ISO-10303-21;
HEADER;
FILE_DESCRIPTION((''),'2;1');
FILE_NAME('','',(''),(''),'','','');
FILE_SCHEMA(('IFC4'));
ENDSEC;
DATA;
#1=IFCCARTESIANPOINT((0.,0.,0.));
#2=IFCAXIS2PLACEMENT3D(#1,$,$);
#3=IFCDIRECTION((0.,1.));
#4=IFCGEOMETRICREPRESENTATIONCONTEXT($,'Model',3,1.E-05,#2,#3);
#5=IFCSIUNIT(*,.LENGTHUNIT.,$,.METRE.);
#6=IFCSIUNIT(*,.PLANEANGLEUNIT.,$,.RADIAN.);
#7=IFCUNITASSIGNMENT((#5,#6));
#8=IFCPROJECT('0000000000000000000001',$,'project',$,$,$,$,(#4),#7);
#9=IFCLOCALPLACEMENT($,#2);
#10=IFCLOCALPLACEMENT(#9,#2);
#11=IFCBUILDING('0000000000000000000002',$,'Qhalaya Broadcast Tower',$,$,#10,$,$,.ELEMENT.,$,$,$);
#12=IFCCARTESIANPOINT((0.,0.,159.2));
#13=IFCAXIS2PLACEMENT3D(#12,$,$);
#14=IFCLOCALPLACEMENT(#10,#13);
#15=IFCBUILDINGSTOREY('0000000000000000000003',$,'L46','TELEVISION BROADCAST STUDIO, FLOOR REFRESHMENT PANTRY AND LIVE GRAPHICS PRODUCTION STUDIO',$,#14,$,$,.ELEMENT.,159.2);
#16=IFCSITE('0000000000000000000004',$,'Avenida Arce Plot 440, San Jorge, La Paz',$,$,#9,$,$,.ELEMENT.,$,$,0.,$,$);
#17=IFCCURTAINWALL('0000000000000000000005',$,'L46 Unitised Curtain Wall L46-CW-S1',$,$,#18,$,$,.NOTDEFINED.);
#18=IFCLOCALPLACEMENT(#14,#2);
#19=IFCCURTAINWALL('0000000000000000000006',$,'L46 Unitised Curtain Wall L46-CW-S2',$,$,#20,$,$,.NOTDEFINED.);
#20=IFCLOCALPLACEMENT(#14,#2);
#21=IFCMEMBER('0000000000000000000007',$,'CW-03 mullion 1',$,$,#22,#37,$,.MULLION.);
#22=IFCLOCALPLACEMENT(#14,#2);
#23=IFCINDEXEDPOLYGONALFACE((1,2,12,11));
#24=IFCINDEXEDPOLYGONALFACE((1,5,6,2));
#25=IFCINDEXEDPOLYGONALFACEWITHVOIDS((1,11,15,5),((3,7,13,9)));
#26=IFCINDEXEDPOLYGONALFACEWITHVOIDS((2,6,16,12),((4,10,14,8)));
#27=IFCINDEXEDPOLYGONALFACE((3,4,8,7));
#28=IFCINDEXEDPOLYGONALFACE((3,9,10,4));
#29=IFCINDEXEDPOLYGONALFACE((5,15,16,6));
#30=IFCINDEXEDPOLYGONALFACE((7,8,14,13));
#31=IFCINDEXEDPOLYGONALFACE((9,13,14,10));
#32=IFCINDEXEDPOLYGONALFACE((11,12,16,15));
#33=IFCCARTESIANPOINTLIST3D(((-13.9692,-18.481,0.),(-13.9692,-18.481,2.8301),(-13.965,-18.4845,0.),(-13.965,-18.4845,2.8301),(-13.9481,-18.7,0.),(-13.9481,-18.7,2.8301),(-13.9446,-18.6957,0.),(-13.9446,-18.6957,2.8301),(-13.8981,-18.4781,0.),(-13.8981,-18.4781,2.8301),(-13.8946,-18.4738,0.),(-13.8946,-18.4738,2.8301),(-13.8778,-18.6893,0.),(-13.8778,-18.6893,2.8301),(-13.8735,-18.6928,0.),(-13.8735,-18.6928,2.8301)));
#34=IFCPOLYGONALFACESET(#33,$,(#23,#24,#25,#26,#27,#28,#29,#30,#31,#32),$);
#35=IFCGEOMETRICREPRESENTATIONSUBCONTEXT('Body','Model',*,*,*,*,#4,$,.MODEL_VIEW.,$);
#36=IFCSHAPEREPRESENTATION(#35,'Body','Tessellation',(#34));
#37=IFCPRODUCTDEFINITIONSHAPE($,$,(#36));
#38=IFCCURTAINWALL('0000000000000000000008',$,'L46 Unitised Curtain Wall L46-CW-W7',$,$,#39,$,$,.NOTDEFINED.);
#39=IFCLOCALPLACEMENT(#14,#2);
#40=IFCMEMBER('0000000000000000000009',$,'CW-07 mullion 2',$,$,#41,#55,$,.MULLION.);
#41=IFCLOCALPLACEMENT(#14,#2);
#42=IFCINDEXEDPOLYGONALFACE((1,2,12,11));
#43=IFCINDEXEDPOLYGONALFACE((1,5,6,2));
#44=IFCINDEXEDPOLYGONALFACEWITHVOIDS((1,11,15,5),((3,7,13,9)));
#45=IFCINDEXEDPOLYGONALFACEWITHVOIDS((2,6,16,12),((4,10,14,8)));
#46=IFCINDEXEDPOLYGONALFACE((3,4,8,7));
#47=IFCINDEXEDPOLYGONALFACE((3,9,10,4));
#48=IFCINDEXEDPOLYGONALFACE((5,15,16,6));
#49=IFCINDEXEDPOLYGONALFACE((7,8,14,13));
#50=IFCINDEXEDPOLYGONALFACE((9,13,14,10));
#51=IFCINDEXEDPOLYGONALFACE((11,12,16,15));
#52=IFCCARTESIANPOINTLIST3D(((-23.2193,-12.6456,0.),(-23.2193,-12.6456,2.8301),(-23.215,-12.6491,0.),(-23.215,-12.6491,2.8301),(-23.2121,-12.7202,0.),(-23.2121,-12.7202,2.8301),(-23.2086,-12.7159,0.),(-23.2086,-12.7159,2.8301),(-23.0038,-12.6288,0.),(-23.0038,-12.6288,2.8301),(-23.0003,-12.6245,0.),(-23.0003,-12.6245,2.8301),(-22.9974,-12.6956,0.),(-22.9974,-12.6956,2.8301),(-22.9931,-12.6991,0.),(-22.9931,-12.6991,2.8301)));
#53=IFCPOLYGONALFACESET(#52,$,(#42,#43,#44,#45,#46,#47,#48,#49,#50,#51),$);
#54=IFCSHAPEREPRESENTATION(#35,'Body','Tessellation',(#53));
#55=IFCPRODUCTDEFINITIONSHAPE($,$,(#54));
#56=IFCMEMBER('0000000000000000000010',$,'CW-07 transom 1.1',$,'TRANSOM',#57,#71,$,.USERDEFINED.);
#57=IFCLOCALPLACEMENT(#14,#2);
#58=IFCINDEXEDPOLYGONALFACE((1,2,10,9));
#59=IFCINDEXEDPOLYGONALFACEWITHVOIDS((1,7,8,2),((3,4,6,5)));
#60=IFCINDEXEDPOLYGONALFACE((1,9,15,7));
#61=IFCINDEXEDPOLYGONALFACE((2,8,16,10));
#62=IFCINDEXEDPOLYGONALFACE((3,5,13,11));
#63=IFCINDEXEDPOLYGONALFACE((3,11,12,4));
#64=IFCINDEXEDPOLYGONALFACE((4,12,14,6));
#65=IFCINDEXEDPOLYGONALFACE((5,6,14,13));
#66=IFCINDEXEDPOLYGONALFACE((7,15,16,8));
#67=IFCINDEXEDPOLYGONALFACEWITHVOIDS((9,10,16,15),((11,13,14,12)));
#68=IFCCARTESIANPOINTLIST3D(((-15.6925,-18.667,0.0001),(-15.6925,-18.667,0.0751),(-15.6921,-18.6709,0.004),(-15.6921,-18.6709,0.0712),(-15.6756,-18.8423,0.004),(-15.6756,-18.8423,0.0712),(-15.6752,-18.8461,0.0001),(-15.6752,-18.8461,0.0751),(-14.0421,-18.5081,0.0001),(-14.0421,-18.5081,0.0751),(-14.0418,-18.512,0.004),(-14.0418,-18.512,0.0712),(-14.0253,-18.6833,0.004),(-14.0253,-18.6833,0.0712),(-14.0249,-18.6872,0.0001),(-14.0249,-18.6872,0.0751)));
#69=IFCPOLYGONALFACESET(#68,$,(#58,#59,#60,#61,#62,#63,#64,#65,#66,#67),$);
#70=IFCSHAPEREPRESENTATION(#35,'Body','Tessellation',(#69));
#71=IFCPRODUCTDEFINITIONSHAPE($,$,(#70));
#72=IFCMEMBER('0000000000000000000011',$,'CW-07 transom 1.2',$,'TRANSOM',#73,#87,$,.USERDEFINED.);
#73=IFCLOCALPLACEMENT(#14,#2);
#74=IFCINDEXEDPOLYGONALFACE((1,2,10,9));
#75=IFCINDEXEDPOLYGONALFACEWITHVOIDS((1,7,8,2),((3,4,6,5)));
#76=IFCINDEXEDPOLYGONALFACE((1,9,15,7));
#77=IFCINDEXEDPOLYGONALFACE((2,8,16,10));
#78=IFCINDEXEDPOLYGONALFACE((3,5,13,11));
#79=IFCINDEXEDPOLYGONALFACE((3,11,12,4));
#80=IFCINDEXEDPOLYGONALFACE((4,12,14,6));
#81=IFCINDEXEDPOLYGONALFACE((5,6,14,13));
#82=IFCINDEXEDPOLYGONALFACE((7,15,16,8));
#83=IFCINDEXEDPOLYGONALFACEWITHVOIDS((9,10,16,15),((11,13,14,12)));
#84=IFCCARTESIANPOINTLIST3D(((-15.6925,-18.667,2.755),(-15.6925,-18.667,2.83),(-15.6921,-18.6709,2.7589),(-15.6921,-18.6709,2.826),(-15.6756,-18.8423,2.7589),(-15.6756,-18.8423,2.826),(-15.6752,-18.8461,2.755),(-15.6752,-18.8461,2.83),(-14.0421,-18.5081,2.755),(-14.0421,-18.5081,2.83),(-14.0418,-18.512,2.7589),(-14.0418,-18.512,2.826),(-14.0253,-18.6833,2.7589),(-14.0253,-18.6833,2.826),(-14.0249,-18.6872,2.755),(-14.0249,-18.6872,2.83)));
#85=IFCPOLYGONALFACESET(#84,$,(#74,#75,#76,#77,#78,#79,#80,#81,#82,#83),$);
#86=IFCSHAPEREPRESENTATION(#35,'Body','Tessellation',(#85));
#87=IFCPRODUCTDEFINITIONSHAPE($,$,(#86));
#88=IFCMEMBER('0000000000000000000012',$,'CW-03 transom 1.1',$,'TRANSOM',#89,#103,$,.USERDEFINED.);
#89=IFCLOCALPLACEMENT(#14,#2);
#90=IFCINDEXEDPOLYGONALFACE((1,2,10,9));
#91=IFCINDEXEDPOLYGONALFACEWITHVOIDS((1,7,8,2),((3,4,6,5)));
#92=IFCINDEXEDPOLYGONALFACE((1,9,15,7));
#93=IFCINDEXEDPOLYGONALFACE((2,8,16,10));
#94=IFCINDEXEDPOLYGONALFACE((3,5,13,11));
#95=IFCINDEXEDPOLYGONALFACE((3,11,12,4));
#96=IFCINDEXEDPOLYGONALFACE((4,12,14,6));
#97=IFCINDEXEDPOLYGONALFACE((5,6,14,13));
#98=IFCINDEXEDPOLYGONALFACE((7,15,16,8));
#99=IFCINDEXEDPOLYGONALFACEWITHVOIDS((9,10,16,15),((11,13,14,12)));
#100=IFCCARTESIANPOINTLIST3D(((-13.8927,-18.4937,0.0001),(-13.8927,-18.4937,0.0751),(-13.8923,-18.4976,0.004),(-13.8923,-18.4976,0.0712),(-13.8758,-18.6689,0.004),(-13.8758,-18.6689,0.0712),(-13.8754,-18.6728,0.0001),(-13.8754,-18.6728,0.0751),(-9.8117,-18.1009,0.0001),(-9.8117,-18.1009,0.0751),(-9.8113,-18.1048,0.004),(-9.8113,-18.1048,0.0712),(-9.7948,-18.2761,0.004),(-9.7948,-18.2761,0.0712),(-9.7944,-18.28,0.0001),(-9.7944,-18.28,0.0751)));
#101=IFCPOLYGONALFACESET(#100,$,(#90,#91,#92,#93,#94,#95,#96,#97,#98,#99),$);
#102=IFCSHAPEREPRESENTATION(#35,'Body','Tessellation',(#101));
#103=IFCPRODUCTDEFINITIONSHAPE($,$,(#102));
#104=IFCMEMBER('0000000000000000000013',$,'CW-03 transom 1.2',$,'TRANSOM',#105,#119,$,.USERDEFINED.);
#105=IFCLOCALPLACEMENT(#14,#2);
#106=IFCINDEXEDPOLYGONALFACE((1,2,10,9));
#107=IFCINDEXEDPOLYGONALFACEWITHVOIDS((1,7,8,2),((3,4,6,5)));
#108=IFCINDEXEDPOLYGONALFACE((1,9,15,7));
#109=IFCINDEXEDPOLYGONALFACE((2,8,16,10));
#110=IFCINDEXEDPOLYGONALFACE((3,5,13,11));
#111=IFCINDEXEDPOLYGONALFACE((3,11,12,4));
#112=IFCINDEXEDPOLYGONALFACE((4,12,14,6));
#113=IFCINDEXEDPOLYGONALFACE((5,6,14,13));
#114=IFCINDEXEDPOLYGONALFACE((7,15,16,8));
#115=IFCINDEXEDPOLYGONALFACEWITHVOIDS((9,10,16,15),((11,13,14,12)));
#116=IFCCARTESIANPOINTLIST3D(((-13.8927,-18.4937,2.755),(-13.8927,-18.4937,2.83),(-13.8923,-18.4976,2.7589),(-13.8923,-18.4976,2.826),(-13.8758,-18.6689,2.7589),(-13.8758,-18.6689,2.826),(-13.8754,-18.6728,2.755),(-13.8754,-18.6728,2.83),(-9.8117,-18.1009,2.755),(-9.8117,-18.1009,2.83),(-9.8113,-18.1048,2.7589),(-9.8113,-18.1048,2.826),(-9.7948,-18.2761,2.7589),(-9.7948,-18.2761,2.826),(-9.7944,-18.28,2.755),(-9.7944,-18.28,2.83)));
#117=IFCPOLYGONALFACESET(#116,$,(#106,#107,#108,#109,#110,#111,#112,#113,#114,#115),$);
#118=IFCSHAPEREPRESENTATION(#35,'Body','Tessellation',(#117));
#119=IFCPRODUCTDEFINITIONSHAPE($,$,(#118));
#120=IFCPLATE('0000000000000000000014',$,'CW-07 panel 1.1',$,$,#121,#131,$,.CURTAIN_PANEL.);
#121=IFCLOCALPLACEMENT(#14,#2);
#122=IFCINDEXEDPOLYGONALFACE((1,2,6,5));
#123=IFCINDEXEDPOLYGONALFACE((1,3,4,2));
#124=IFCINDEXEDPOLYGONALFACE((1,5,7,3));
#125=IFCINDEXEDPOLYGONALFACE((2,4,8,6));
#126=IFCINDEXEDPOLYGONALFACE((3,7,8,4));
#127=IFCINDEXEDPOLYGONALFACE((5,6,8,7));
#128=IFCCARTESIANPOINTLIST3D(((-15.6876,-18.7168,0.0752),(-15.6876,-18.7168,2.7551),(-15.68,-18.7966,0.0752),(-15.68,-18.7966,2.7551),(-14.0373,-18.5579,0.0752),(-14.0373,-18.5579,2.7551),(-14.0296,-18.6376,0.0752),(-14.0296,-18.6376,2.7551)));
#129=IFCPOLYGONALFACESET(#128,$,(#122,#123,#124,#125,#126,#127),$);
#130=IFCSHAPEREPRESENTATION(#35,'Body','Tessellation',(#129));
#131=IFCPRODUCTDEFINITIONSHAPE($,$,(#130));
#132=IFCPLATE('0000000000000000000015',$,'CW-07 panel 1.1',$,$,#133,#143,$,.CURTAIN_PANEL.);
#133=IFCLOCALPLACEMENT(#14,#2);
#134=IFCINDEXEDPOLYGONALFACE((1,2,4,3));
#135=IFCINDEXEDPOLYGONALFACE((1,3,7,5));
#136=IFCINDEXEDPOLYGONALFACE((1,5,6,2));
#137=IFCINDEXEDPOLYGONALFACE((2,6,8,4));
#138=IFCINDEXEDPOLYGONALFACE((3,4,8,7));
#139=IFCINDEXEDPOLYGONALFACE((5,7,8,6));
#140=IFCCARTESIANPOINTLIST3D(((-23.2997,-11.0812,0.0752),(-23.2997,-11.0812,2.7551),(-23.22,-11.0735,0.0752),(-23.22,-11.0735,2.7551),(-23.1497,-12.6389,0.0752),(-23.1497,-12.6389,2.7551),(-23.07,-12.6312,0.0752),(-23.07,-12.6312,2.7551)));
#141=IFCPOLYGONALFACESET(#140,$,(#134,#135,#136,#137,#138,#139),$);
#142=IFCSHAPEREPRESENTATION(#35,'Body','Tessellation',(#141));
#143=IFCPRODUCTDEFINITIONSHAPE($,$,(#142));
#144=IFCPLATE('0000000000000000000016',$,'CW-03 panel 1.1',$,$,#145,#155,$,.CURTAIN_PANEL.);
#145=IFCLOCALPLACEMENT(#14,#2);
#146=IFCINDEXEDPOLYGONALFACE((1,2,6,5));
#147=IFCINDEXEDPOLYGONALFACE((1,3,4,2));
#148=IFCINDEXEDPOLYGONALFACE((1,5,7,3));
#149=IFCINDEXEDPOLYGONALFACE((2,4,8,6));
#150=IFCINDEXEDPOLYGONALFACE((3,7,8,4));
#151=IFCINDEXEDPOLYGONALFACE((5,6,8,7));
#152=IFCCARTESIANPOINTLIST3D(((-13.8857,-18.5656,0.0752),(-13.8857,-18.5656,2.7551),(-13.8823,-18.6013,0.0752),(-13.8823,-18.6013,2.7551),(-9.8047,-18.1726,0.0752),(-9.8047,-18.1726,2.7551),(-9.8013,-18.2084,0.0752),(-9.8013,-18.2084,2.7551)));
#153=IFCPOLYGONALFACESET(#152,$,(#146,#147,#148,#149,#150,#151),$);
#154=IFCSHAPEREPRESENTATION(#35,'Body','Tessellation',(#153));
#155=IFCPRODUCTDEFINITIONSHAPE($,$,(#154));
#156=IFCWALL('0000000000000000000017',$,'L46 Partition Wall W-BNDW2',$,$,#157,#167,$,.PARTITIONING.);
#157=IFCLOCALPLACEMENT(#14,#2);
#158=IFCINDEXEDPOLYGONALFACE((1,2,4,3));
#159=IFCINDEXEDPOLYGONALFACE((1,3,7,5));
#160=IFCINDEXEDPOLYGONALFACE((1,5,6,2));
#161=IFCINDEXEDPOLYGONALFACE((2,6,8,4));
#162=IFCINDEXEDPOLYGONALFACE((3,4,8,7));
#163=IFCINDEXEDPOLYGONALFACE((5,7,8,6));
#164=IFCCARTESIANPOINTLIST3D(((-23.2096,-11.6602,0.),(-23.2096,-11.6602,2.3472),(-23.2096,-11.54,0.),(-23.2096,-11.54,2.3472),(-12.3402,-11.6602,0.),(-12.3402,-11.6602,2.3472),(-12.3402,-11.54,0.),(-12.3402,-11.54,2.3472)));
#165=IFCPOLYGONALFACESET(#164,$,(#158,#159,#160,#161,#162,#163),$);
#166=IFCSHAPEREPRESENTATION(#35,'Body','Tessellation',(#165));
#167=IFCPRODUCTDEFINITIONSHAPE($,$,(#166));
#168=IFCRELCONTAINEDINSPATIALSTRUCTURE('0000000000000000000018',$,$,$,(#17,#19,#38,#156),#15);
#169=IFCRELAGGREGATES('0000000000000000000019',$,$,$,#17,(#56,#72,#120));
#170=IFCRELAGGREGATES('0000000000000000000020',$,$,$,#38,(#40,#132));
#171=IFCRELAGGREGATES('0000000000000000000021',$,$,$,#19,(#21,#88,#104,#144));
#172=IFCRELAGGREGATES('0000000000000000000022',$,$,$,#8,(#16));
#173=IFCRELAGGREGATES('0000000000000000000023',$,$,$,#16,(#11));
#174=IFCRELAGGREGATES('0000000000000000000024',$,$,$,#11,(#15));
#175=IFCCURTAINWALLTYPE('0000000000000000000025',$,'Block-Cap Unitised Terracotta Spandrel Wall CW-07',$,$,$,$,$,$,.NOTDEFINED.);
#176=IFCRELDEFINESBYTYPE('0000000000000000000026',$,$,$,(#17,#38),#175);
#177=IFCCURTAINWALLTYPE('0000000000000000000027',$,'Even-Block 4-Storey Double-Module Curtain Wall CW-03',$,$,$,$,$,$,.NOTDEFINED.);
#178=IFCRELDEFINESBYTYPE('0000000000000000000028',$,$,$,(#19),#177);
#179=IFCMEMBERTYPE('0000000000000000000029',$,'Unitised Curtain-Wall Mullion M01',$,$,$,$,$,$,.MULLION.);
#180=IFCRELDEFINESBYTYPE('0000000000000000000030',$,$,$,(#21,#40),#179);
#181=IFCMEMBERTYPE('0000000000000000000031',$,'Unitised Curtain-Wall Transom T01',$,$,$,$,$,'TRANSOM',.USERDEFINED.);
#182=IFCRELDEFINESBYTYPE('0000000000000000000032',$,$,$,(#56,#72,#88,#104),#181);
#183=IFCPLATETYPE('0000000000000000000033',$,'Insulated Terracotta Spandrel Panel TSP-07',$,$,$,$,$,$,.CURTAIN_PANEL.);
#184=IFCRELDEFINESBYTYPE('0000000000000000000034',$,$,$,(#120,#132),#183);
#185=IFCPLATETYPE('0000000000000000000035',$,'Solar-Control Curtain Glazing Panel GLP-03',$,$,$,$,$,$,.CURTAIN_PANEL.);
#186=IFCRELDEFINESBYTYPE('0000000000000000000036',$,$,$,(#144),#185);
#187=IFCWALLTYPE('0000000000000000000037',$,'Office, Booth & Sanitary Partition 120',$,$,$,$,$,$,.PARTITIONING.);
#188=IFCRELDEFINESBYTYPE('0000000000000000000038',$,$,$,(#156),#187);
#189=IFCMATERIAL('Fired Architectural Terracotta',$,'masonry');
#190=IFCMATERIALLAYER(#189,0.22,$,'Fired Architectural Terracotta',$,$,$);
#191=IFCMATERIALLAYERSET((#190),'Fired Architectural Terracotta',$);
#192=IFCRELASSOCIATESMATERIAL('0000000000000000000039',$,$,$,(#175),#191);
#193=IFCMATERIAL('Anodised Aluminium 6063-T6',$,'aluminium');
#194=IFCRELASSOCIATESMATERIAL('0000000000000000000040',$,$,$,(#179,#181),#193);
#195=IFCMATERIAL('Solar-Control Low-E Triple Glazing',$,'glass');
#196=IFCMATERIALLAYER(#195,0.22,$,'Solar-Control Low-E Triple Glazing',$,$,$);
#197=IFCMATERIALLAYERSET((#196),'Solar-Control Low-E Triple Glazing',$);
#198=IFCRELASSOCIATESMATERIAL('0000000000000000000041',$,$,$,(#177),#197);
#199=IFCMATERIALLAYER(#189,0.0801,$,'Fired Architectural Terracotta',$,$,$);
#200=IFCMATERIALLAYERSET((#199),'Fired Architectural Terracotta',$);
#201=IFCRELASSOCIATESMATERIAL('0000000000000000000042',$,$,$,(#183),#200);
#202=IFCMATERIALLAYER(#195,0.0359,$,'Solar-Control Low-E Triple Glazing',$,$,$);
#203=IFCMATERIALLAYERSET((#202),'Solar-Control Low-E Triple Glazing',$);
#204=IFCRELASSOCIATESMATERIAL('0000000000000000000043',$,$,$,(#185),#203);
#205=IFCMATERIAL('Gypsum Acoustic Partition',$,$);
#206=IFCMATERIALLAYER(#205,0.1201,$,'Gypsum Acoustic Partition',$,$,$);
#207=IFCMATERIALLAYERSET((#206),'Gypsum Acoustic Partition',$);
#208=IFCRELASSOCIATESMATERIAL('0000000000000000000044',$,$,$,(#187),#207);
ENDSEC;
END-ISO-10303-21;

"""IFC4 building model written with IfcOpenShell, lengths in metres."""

from ifc_helpers import new_model, si_unit, direction, frame, frame_2d, origin, origin_2d, place, context, subcontext, project, spatial, rectangle, hollow_rectangle, extrude, material, layer, layer_set, material_profile, profile_set, type_object, element, aggregate, save


model = new_model("IFC4")

# Units and contexts
model_context = context("Model", 3, precision=1e-05, world=origin(), true_north=direction((0.0, 1.0)))
body_context = subcontext(model_context, "Body", "Model", "MODEL_VIEW")
ifc_project = project(units=[si_unit("LENGTHUNIT", "METRE"), si_unit("PLANEANGLEUNIT", "RADIAN")], contexts=[model_context])

# Site, building, storey
site_placement = place(None, origin())
site = spatial("IfcSite", under=ifc_project, at=site_placement, Name="Avenida Arce Plot 440, San Jorge, La Paz", CompositionType="ELEMENT", RefElevation=0.0)
building_placement = place(site_placement, origin())
building = spatial("IfcBuilding", under=site, at=building_placement, Name="Qhalaya Broadcast Tower", CompositionType="ELEMENT")
storey_placement = place(building_placement, frame((0.0, 0.0, 159.2)))
storey = spatial("IfcBuildingStorey", under=building, at=storey_placement, Name="L46", Description="TELEVISION BROADCAST STUDIO, FLOOR REFRESHMENT PANTRY AND LIVE GRAPHICS PRODUCTION STUDIO", CompositionType="ELEMENT", Elevation=159.2)

# Shared definitions
ifc_material_1 = material(Name="Fired Architectural Terracotta", Category="masonry")

# Curtain wall
ifc_layer_1 = layer(ifc_material_1, 0.22, Name="Fired Architectural Terracotta")
ifc_layer_set_1 = layer_set([ifc_layer_1], Name="Fired Architectural Terracotta")
curtain_wall_type_1 = type_object("IfcCurtainWallType", Name="Block-Cap Unitised Terracotta Spandrel Wall CW-07", PredefinedType="NOTDEFINED", material=ifc_layer_set_1)
curtain_wall_1_placement = place(storey_placement, origin())
curtain_wall_1 = element("IfcCurtainWall", 1, at=curtain_wall_1_placement, inside=storey, type_object=curtain_wall_type_1, Name="L46 Unitised Curtain Wall L46-CW-S1", PredefinedType="NOTDEFINED")
ifc_material_2 = material(Name="Anodised Aluminium 6063-T6", Category="aluminium")
ifc_material_profile_1 = material_profile(ifc_material_2, hollow_rectangle(XDim=0.075, YDim=0.22, WallThickness=0.0039, at=origin_2d()), Name="ALU-MUL 75x220x4")
ifc_profile_set_1 = profile_set([ifc_material_profile_1], Name="Anodised Aluminium 6063-T6")
member_type_1 = type_object("IfcMemberType", Name="Unitised Curtain-Wall Mullion M01", PredefinedType="MULLION", material=ifc_profile_set_1)

# Curtain walls, members
ifc_material_3 = material(Name="Solar-Control Low-E Triple Glazing", Category="glass")
ifc_layer_2 = layer(ifc_material_3, 0.22, Name="Solar-Control Low-E Triple Glazing")
ifc_layer_set_2 = layer_set([ifc_layer_2], Name="Solar-Control Low-E Triple Glazing")
curtain_wall_type_2 = type_object("IfcCurtainWallType", Name="Even-Block 4-Storey Double-Module Curtain Wall CW-03", PredefinedType="NOTDEFINED", material=ifc_layer_set_2)
curtain_wall_2_placement = place(storey_placement, origin())
curtain_wall_2 = element("IfcCurtainWall", 2, at=curtain_wall_2_placement, inside=storey, type_object=curtain_wall_type_2, Name="L46 Unitised Curtain Wall L46-CW-S2", PredefinedType="NOTDEFINED")
member_1_placement = place(storey_placement, frame((-13.9214, -18.5869, 0.0), z_axis=(0.0, 0.0, 1.0), x_axis=(0.995397, 0.095836, 0.0)))
member_1 = element("IfcMember", 3, at=member_1_placement, type_object=member_type_1, Name="CW-03 mullion 1", PredefinedType="MULLION", context=body_context, shape_type="SweptSolid", body=[
    extrude(hollow_rectangle(XDim=0.075, YDim=0.22, WallThickness=0.0039, at=origin_2d()), origin(), (0.0, 0.0, 1.0), 2.8301),
])
curtain_wall_3_placement = place(storey_placement, origin())
curtain_wall_3 = element("IfcCurtainWall", 4, at=curtain_wall_3_placement, inside=storey, type_object=curtain_wall_type_1, Name="L46 Unitised Curtain Wall L46-CW-W7", PredefinedType="NOTDEFINED")
member_2_placement = place(storey_placement, frame((-23.1062, -12.6724, 0.0), z_axis=(0.0, 0.0, 1.0), x_axis=(0.09586, -0.995395, 0.0)))
member_2 = element("IfcMember", 5, at=member_2_placement, type_object=member_type_1, Name="CW-07 mullion 2", PredefinedType="MULLION", context=body_context, shape_type="SweptSolid", body=[
    extrude(hollow_rectangle(XDim=0.075, YDim=0.22, WallThickness=0.0039, at=origin_2d()), origin(), (0.0, 0.0, 1.0), 2.8301),
])

# Members
ifc_material_profile_2 = material_profile(ifc_material_2, hollow_rectangle(XDim=0.075, YDim=0.1799, WallThickness=0.0039, at=origin_2d()), Name="ALU-TRN 75x180x4")
ifc_profile_set_2 = profile_set([ifc_material_profile_2], Name="Anodised Aluminium 6063-T6")
member_type_2 = type_object("IfcMemberType", Name="Unitised Curtain-Wall Transom T01", ElementType="TRANSOM", PredefinedType="USERDEFINED", material=ifc_profile_set_2)
member_3_placement = place(storey_placement, frame((-15.6838, -18.7566, 0.0376), z_axis=(0.995395, 0.095858, 0.0), x_axis=(0.0, 0.0, 1.0)))
member_3 = element("IfcMember", 6, at=member_3_placement, type_object=member_type_2, Name="CW-07 transom 1.1", ObjectType="TRANSOM", PredefinedType="USERDEFINED", context=body_context, shape_type="SweptSolid", body=[
    extrude(hollow_rectangle(XDim=0.075, YDim=0.1799, WallThickness=0.0039, at=origin_2d()), origin(), (0.0, 0.0, 1.0), 1.658),
])
member_4_placement = place(storey_placement, frame((-15.6838, -18.7566, 2.7925), z_axis=(0.995395, 0.095858, 0.0), x_axis=(0.0, 0.0, 1.0)))
member_4 = element("IfcMember", 7, at=member_4_placement, type_object=member_type_2, Name="CW-07 transom 1.2", ObjectType="TRANSOM", PredefinedType="USERDEFINED", context=body_context, shape_type="SweptSolid", body=[
    extrude(hollow_rectangle(XDim=0.075, YDim=0.1799, WallThickness=0.0039, at=origin_2d()), origin(), (0.0, 0.0, 1.0), 1.658),
])
member_5_placement = place(storey_placement, frame((-13.884, -18.5833, 0.0376), z_axis=(0.995399, 0.095812, 0.0), x_axis=(0.0, 0.0, 1.0)))
member_5 = element("IfcMember", 8, at=member_5_placement, type_object=member_type_2, Name="CW-03 transom 1.1", ObjectType="TRANSOM", PredefinedType="USERDEFINED", context=body_context, shape_type="SweptSolid", body=[
    extrude(hollow_rectangle(XDim=0.075, YDim=0.1799, WallThickness=0.0039, at=origin_2d()), origin(), (0.0, 0.0, 1.0), 4.0999),
])
member_6_placement = place(storey_placement, frame((-13.884, -18.5833, 2.7925), z_axis=(0.995399, 0.095812, 0.0), x_axis=(0.0, 0.0, 1.0)))
member_6 = element("IfcMember", 9, at=member_6_placement, type_object=member_type_2, Name="CW-03 transom 1.2", ObjectType="TRANSOM", PredefinedType="USERDEFINED", context=body_context, shape_type="SweptSolid", body=[
    extrude(hollow_rectangle(XDim=0.075, YDim=0.1799, WallThickness=0.0039, at=origin_2d()), origin(), (0.0, 0.0, 1.0), 4.0999),
])

# Plates
ifc_layer_3 = layer(ifc_material_1, 0.0801, Name="Fired Architectural Terracotta")
ifc_layer_set_3 = layer_set([ifc_layer_3], Name="Fired Architectural Terracotta")
plate_type_1 = type_object("IfcPlateType", Name="Insulated Terracotta Spandrel Panel TSP-07", PredefinedType="CURTAIN_PANEL", material=ifc_layer_set_3)
plate_1_placement = place(storey_placement, frame((-14.8586, -18.6772, 0.0752), z_axis=(0.0, 0.0, 1.0), x_axis=(0.995396, 0.09585, 0.0)))
plate_1 = element("IfcPlate", 10, at=plate_1_placement, type_object=plate_type_1, Name="CW-07 panel 1.1", PredefinedType="CURTAIN_PANEL", context=body_context, shape_type="SweptSolid", body=[
    extrude(rectangle(XDim=1.658, YDim=0.0801, at=origin_2d()), origin(), (0.0, 0.0, 1.0), 2.6799),
])
aggregate(curtain_wall_1, [member_3, member_4, plate_1])
plate_2_placement = place(storey_placement, frame((-23.1848, -11.8562, 0.0752), z_axis=(0.0, 0.0, 1.0), x_axis=(0.09586, -0.995395, 0.0)))
plate_2 = element("IfcPlate", 11, at=plate_2_placement, type_object=plate_type_1, Name="CW-07 panel 1.1", PredefinedType="CURTAIN_PANEL", context=body_context, shape_type="SweptSolid", body=[
    extrude(rectangle(XDim=1.5649, YDim=0.0801, at=origin_2d()), origin(), (0.0, 0.0, 1.0), 2.6799),
])
aggregate(curtain_wall_3, [member_2, plate_2])
ifc_layer_4 = layer(ifc_material_3, 0.0359, Name="Solar-Control Low-E Triple Glazing")
ifc_layer_set_4 = layer_set([ifc_layer_4], Name="Solar-Control Low-E Triple Glazing")
plate_type_2 = type_object("IfcPlateType", Name="Solar-Control Curtain Glazing Panel GLP-03", PredefinedType="CURTAIN_PANEL", material=ifc_layer_set_4)
plate_3_placement = place(storey_placement, frame((-11.8435, -18.387, 0.0752), z_axis=(0.0, 0.0, 1.0), x_axis=(0.995397, 0.095836, 0.0)))
plate_3 = element("IfcPlate", 12, at=plate_3_placement, type_object=plate_type_2, Name="CW-03 panel 1.1", PredefinedType="CURTAIN_PANEL", context=body_context, shape_type="SweptSolid", body=[
    extrude(rectangle(XDim=4.0999, YDim=0.0359, at=origin_2d()), origin(), (0.0, 0.0, 1.0), 2.6799),
])
aggregate(curtain_wall_2, [member_1, member_5, member_6, plate_3])

# Wall
ifc_material_4 = material(Name="Gypsum Acoustic Partition")
ifc_layer_5 = layer(ifc_material_4, 0.1201, Name="Gypsum Acoustic Partition")
ifc_layer_set_5 = layer_set([ifc_layer_5], Name="Gypsum Acoustic Partition")
wall_type = type_object("IfcWallType", Name="Office, Booth & Sanitary Partition 120", PredefinedType="PARTITIONING", material=ifc_layer_set_5)
wall_placement = place(storey_placement, frame((-23.2095, -11.6001, 0.0), z_axis=(0.0, 0.0, 1.0), x_axis=(1.0, 0.0, 0.0)))
element("IfcWall", 13, at=wall_placement, inside=storey, type_object=wall_type, Name="L46 Partition Wall W-BNDW2", PredefinedType="PARTITIONING", context=body_context, shape_type="SweptSolid", body=[
    extrude(rectangle(XDim=10.8694, YDim=0.1201, at=frame_2d((5.4346, 0.0))), origin(), (0.0, 0.0, 1.0), 2.3472),
])

save(model, "model.ifc")
